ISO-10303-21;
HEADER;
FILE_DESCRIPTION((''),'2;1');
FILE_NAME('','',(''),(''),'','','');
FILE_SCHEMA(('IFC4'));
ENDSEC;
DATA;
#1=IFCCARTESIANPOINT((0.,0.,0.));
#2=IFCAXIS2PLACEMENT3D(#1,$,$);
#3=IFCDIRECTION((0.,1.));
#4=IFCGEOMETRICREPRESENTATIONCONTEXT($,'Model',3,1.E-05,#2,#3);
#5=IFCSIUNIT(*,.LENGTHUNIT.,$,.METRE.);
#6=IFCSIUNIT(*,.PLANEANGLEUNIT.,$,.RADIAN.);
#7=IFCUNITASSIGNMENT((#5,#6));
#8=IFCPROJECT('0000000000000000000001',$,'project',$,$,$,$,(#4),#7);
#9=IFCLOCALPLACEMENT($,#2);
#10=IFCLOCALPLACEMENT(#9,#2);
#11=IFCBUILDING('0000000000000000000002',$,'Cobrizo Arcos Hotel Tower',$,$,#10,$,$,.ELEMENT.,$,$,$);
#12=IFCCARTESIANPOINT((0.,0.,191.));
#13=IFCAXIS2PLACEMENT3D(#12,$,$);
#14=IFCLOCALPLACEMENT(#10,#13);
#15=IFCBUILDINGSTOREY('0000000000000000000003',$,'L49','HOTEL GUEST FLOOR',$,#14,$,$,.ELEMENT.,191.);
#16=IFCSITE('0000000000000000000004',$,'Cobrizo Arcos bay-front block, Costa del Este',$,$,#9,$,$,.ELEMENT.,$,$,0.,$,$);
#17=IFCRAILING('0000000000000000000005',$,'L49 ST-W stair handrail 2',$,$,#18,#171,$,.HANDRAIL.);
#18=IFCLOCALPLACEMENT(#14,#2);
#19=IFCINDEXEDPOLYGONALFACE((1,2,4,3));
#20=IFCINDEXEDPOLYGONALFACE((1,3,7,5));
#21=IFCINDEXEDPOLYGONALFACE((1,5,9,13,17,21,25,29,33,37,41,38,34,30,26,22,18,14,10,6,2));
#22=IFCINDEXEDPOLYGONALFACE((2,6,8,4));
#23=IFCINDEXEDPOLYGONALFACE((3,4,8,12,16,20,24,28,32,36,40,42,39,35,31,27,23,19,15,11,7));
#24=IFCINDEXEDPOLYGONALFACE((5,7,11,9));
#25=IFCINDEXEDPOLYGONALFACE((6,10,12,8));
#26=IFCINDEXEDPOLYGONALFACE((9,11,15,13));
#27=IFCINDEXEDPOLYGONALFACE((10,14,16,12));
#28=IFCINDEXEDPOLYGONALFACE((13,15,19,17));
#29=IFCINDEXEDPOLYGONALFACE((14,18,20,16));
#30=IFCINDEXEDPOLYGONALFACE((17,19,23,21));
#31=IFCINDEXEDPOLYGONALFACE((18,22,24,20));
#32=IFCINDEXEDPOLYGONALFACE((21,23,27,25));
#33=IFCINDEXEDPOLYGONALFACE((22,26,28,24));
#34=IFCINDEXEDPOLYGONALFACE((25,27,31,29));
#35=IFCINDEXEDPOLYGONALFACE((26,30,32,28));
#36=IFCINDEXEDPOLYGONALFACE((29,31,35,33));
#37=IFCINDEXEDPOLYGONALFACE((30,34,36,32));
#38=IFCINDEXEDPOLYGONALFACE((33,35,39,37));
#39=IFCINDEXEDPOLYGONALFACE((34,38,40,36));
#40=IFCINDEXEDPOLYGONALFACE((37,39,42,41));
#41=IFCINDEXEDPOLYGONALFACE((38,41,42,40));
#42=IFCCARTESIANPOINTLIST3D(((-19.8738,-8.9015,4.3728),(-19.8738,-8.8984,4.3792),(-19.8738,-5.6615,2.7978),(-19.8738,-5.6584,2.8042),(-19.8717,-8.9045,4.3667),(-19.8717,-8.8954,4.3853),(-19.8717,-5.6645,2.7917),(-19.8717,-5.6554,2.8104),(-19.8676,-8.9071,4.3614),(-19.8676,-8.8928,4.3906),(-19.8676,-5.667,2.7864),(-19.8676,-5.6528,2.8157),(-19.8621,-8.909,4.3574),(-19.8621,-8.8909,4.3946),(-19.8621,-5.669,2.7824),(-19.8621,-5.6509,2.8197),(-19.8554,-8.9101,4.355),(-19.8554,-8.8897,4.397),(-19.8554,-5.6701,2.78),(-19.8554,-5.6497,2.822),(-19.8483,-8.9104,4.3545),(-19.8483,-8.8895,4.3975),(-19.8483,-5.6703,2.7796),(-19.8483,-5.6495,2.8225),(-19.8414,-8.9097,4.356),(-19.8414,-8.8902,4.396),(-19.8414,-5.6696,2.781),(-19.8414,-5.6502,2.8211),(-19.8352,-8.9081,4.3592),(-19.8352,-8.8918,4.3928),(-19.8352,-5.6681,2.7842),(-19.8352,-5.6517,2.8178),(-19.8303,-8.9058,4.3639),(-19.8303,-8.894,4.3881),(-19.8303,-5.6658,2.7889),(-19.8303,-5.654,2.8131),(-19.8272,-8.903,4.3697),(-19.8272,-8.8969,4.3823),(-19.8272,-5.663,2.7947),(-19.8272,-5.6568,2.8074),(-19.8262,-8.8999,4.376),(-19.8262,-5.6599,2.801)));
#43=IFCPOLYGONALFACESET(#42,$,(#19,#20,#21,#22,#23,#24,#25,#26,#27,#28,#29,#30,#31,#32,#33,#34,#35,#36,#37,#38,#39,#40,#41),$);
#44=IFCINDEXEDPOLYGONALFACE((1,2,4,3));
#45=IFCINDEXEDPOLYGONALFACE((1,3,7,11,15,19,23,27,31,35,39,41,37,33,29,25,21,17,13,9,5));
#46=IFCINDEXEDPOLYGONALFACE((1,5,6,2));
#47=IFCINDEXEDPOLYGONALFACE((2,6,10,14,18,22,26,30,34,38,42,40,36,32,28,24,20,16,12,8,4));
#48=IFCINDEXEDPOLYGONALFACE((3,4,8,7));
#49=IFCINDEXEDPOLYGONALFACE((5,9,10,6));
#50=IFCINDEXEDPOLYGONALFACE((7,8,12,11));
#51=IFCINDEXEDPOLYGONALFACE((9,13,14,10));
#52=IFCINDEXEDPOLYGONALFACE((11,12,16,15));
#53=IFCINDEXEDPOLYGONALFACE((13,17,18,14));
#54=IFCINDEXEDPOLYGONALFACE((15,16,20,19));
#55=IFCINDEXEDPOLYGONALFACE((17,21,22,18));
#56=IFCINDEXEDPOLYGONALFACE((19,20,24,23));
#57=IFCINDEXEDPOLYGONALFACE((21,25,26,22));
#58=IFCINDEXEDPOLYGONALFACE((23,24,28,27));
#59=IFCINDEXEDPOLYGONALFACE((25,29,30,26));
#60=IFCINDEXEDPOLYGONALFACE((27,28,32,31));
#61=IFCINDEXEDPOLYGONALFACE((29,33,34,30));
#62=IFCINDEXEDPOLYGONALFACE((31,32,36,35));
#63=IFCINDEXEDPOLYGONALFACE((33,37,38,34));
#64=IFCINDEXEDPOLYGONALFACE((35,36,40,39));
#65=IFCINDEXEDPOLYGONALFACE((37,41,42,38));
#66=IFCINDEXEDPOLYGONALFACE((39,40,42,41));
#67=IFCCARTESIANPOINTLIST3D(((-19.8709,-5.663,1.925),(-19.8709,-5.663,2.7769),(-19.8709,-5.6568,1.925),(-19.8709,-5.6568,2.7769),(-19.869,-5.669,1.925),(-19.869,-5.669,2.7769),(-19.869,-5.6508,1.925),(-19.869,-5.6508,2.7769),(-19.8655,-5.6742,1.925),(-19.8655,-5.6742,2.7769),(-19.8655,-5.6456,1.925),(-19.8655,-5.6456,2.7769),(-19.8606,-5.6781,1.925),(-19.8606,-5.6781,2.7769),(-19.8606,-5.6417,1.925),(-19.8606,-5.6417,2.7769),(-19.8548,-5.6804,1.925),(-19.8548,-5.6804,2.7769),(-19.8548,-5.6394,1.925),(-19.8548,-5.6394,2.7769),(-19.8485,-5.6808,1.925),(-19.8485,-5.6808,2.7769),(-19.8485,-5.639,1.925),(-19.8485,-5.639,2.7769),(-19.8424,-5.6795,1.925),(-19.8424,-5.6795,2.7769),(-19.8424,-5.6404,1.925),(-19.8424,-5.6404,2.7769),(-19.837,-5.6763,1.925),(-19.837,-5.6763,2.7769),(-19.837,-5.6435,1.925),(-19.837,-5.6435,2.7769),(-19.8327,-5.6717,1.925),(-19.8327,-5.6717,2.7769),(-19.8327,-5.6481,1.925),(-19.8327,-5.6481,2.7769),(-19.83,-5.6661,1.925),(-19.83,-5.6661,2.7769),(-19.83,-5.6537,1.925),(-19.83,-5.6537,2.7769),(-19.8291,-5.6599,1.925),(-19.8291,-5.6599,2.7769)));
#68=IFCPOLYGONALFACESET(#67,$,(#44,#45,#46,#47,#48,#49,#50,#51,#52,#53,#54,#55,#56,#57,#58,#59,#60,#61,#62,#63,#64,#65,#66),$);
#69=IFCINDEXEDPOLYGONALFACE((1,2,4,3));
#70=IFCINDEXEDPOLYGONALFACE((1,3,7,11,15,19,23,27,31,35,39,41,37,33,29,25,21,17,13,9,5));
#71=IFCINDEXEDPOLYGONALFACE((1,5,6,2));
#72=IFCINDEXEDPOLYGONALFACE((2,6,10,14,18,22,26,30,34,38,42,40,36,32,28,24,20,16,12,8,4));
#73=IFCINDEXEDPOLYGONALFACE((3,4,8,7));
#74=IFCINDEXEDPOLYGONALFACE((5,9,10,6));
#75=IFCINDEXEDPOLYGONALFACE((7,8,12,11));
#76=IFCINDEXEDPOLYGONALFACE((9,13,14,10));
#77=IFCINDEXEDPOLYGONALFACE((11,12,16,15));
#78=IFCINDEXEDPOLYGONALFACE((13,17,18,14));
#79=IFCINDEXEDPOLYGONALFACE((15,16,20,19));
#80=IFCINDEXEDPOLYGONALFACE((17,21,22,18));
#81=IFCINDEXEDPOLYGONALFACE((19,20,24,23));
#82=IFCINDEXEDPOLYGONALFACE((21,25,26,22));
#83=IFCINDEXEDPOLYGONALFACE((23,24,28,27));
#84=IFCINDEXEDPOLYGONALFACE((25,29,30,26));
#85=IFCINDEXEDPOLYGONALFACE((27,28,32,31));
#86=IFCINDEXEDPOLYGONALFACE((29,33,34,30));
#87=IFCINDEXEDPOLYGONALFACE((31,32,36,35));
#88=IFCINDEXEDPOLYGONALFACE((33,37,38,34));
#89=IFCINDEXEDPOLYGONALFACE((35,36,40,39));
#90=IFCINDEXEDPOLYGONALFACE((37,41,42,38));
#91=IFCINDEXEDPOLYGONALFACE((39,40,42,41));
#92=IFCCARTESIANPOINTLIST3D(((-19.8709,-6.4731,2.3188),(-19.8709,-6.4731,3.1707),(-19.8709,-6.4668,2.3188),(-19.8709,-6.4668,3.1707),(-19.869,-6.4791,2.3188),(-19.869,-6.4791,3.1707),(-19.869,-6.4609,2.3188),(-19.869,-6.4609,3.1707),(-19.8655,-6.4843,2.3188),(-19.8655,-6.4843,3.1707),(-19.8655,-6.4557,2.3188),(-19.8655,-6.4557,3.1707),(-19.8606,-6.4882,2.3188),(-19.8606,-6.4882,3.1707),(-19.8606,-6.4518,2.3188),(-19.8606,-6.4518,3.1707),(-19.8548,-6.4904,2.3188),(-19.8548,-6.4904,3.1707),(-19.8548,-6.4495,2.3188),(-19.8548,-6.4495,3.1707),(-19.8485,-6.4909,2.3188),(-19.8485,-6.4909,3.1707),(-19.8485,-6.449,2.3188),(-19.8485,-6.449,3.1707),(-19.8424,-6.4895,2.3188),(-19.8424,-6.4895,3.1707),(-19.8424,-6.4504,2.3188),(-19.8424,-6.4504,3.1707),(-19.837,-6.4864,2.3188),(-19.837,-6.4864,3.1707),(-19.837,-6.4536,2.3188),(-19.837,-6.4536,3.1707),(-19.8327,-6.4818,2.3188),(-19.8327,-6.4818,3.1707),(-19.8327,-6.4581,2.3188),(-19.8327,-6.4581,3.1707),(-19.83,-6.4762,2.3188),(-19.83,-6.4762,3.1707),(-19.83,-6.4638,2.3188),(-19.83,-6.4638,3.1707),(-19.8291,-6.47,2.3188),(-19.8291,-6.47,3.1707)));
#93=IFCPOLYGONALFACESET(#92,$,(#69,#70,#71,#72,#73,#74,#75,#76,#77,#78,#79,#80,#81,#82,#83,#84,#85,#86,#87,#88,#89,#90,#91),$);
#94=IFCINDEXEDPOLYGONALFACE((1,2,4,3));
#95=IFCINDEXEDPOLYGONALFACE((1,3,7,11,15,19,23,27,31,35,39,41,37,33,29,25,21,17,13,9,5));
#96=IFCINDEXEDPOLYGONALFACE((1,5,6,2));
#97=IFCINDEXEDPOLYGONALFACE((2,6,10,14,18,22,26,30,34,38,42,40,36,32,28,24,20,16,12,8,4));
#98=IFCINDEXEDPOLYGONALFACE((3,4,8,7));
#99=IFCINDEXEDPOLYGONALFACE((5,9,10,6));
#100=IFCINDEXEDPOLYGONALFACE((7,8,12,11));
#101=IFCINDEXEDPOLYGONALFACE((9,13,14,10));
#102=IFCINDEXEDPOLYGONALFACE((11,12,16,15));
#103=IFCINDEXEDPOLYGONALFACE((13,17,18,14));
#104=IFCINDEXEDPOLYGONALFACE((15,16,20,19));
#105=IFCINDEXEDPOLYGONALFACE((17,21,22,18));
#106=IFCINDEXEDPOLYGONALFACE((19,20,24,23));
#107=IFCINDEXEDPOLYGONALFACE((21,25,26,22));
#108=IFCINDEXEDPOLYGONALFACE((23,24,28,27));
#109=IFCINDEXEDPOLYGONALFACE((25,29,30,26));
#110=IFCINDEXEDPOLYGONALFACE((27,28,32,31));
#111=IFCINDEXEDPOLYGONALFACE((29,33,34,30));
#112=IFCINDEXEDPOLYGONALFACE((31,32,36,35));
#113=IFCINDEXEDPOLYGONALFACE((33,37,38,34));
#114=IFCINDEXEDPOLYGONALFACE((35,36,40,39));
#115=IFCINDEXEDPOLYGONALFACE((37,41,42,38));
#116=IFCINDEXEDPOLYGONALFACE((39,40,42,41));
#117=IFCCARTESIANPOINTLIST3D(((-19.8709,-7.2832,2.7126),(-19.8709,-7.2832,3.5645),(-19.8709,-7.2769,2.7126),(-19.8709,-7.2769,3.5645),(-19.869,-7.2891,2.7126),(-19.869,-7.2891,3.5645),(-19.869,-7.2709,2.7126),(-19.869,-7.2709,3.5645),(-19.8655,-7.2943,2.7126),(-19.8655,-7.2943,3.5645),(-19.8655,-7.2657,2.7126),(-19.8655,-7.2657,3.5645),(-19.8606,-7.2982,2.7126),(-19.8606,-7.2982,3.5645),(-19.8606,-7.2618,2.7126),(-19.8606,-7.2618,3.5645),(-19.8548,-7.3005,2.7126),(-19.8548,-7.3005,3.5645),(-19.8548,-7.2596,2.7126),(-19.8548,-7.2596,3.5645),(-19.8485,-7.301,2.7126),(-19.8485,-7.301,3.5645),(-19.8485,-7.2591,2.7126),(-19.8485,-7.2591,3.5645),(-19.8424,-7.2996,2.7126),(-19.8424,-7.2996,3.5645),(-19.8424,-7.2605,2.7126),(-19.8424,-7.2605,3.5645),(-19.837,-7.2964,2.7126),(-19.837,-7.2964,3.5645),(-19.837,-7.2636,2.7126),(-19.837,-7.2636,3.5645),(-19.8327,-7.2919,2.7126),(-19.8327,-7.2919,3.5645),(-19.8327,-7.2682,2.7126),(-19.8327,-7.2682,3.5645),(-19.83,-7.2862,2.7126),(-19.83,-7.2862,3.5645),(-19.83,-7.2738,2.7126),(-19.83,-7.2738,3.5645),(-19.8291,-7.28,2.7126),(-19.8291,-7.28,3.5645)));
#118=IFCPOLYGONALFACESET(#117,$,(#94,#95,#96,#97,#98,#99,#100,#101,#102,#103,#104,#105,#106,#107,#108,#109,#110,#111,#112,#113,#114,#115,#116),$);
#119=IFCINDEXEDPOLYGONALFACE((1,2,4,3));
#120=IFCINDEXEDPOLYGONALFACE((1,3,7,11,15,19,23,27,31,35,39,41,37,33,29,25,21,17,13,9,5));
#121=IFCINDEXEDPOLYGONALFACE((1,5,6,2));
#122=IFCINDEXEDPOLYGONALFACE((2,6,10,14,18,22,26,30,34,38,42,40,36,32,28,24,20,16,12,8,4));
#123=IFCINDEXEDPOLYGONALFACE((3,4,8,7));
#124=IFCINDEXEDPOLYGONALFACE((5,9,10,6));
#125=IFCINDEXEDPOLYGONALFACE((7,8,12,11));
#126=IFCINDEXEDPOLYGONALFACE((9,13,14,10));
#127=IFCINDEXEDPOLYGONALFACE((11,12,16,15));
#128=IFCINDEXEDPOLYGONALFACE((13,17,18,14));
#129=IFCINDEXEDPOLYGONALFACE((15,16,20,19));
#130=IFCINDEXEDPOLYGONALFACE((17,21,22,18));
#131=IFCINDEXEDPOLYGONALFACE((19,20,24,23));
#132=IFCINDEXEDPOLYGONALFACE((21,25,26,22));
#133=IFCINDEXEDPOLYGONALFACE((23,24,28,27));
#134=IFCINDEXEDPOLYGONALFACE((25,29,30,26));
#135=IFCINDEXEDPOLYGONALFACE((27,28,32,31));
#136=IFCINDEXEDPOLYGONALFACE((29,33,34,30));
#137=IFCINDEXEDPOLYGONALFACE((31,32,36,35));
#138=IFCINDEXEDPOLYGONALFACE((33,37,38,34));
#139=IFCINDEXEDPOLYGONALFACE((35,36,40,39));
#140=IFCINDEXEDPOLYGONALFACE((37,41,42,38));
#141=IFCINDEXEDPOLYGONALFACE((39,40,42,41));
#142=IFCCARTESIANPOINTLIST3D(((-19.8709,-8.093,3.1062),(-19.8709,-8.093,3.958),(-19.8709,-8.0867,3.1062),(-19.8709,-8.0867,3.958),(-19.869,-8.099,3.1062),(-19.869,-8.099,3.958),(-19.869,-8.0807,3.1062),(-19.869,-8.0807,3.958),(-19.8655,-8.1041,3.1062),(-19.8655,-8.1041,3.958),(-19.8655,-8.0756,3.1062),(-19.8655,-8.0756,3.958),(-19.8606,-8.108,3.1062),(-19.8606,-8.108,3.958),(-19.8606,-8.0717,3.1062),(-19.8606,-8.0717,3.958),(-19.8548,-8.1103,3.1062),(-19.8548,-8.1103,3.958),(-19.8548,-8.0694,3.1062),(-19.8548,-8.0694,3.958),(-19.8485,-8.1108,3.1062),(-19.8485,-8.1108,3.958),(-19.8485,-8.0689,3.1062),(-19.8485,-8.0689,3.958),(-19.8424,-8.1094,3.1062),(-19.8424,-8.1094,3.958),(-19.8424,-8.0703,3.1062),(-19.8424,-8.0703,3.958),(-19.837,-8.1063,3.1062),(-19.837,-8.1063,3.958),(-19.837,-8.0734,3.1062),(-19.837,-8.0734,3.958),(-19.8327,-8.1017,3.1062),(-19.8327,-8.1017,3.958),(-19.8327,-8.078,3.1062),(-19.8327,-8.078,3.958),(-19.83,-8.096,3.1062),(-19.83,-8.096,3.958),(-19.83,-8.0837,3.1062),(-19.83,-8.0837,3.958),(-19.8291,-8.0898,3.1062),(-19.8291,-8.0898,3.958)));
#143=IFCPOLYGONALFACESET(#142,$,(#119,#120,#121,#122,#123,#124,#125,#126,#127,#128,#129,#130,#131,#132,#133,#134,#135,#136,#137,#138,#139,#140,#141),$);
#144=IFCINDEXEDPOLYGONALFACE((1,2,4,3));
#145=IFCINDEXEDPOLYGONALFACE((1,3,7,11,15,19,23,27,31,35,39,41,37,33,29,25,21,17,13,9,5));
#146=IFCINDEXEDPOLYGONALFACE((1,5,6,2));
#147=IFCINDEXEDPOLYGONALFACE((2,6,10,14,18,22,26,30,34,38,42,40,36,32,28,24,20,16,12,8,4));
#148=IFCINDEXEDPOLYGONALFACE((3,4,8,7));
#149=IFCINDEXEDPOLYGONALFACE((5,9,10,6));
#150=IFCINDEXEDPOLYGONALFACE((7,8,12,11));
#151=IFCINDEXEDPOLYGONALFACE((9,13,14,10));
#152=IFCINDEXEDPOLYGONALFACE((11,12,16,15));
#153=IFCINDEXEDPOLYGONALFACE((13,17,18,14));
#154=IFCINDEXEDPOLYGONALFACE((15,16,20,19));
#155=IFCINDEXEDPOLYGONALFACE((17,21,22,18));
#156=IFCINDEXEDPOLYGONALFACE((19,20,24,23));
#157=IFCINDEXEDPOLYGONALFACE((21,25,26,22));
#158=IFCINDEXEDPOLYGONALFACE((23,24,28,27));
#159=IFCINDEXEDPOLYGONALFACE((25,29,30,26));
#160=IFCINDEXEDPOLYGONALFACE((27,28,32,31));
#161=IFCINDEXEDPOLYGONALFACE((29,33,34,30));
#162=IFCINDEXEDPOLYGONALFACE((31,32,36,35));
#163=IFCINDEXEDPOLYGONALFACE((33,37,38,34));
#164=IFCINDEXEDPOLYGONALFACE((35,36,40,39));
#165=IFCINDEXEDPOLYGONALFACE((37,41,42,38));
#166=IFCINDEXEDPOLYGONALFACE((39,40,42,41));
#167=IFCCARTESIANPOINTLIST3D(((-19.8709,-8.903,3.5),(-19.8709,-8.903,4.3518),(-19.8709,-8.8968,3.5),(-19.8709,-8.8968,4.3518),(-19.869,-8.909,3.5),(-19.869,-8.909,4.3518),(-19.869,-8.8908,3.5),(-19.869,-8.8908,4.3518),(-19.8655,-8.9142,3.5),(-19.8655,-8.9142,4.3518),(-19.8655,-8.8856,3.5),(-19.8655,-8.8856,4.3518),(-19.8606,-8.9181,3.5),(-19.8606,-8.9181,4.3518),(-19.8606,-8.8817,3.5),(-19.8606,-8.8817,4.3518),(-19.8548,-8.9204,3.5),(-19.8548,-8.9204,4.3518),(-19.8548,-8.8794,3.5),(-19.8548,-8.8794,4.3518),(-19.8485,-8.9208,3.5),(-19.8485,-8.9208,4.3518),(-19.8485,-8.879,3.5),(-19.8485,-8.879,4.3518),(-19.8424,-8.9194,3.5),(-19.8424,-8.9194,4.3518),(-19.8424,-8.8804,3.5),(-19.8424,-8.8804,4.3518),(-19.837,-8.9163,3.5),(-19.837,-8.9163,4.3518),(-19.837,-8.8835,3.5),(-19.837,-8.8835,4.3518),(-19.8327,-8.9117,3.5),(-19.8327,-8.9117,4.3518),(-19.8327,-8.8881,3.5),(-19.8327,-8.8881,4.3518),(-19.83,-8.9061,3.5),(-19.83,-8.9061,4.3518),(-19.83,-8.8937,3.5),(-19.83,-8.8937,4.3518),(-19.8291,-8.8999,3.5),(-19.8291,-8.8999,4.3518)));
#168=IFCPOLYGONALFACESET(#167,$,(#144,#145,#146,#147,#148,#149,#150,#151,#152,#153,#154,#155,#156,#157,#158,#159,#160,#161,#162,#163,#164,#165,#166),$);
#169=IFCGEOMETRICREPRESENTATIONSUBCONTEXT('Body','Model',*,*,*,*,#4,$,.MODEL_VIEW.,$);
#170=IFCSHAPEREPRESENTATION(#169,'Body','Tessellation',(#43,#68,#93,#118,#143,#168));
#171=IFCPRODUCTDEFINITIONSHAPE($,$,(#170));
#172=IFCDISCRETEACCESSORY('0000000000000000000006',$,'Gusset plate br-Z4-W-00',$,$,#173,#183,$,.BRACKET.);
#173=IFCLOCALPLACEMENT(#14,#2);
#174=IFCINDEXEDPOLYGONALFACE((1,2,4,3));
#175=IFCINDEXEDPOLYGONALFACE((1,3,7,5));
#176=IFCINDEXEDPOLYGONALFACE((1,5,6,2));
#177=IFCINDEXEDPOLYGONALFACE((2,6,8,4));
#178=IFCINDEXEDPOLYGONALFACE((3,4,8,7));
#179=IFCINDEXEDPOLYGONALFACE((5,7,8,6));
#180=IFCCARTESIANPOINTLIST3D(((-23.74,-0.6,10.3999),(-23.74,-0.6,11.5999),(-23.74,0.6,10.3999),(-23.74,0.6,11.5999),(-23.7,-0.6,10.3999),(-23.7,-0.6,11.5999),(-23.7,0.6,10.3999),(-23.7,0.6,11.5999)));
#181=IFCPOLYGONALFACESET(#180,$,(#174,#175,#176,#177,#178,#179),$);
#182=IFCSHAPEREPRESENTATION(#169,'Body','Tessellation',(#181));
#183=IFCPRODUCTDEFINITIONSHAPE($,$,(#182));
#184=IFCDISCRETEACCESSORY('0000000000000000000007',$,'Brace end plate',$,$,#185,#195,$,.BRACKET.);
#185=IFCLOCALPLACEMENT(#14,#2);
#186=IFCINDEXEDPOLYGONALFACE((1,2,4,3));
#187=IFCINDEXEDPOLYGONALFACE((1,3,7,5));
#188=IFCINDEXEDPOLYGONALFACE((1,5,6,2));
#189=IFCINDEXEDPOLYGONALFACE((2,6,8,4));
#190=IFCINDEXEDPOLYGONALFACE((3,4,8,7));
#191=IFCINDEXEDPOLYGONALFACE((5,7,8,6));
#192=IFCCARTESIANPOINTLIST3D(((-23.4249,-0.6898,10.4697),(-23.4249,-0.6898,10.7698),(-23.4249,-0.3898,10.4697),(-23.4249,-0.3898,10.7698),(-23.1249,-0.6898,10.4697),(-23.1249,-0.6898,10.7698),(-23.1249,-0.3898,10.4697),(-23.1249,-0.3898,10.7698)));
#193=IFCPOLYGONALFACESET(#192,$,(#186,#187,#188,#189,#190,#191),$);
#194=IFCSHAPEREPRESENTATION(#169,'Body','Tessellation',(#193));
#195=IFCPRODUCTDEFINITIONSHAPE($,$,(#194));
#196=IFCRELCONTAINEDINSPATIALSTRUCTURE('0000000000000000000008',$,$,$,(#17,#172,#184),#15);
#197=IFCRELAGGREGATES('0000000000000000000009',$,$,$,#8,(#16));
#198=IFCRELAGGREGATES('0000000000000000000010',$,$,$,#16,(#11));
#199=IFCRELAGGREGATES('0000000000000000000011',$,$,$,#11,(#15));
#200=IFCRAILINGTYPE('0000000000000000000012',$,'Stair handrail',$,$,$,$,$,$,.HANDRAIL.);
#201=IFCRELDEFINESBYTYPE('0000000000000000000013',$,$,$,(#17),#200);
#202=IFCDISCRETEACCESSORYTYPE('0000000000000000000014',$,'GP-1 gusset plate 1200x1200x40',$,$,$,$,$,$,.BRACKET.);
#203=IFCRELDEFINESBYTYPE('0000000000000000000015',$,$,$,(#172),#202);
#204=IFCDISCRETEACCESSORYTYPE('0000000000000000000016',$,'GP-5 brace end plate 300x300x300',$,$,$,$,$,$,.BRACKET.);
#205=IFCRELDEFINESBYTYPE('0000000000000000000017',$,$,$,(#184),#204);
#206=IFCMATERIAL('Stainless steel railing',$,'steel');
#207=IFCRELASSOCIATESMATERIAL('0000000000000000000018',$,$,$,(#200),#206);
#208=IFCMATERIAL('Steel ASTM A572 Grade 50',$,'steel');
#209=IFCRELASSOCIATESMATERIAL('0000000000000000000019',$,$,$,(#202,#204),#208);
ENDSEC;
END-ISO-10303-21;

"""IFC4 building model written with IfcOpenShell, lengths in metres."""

from ifc_helpers import new_model, si_unit, direction, frame, origin, origin_2d, place, context, subcontext, project, spatial, rectangle, circle, extrude, material, type_object, element, save


model = new_model("IFC4")

# Units and contexts
model_context = context("Model", 3, precision=1e-05, world=origin(), true_north=direction((0.0, 1.0)))
body_context = subcontext(model_context, "Body", "Model", "MODEL_VIEW")
ifc_project = project(units=[si_unit("LENGTHUNIT", "METRE"), si_unit("PLANEANGLEUNIT", "RADIAN")], contexts=[model_context])

# Site, building, storey
site_placement = place(None, origin())
site = spatial("IfcSite", under=ifc_project, at=site_placement, Name="Cobrizo Arcos bay-front block, Costa del Este", CompositionType="ELEMENT", RefElevation=0.0)
building_placement = place(site_placement, origin())
building = spatial("IfcBuilding", under=site, at=building_placement, Name="Cobrizo Arcos Hotel Tower", CompositionType="ELEMENT")
storey_placement = place(building_placement, frame((0.0, 0.0, 191.0)))
storey = spatial("IfcBuildingStorey", under=building, at=storey_placement, Name="L49", Description="HOTEL GUEST FLOOR", CompositionType="ELEMENT", Elevation=191.0)

# Railing
ifc_material_1 = material(Name="Stainless steel railing", Category="steel")
railing_type_1 = type_object("IfcRailingType", Name="Stair handrail", PredefinedType="HANDRAIL", material=ifc_material_1)
railing_1_placement = place(storey_placement, frame((-19.8501, -5.6599, 1.925)))
element("IfcRailing", 1, at=railing_1_placement, inside=storey, type_object=railing_type_1, Name="L49 ST-W stair handrail 2", PredefinedType="HANDRAIL", context=body_context, shape_type="SweptSolid", body=[
    extrude(circle(Radius=0.0239, at=origin_2d()), frame((0.0, 0.0, 0.876), z_axis=(0.0, -0.899373, 0.437183), x_axis=(1.0, 0.0, 0.0)), (0.0, 0.0, 1.0), 3.6025),
    extrude(circle(Radius=0.021, at=origin_2d()), origin(), (0.0, 0.0, 1.0), 0.8518),
    extrude(circle(Radius=0.021, at=origin_2d()), frame((0.0, -0.8101, 0.3938)), (0.0, 0.0, 1.0), 0.8518),
    extrude(circle(Radius=0.021, at=origin_2d()), frame((0.0, -1.6201, 0.7876)), (0.0, 0.0, 1.0), 0.8518),
    extrude(circle(Radius=0.021, at=origin_2d()), frame((0.0, -2.4299, 1.1812)), (0.0, 0.0, 1.0), 0.8518),
    extrude(circle(Radius=0.021, at=origin_2d()), frame((0.0, -3.24, 1.575)), (0.0, 0.0, 1.0), 0.8518),
])

# Discrete accessories
ifc_material_2 = material(Name="Steel ASTM A572 Grade 50", Category="steel")
discrete_accessory_type_1 = type_object("IfcDiscreteAccessoryType", Name="GP-1 gusset plate 1200x1200x40", PredefinedType="BRACKET", material=ifc_material_2)
discrete_accessory_1_placement = place(storey_placement, frame((-23.72, 0.0, 10.3999), z_axis=(0.0, 0.0, 1.0), x_axis=(1.0, 0.0, 0.0)))
element("IfcDiscreteAccessory", 2, at=discrete_accessory_1_placement, inside=storey, type_object=discrete_accessory_type_1, Name="Gusset plate br-Z4-W-00", PredefinedType="BRACKET", context=body_context, shape_type="SweptSolid", body=[
    extrude(rectangle(XDim=0.04, YDim=1.2, at=origin_2d()), origin(), (0.0, 0.0, 1.0), 1.2),
])
discrete_accessory_type_2 = type_object("IfcDiscreteAccessoryType", Name="GP-5 brace end plate 300x300x300", PredefinedType="BRACKET", material=ifc_material_2)
discrete_accessory_2_placement = place(storey_placement, frame((-23.2749, -0.5398, 10.4697), z_axis=(0.0, 0.0, 1.0), x_axis=(1.0, 0.0, 0.0)))
element("IfcDiscreteAccessory", 3, at=discrete_accessory_2_placement, inside=storey, type_object=discrete_accessory_type_2, Name="Brace end plate", PredefinedType="BRACKET", context=body_context, shape_type="SweptSolid", body=[
    extrude(rectangle(XDim=0.3, YDim=0.3, at=origin_2d()), origin(), (0.0, 0.0, 1.0), 0.3),
])

save(model, "model.ifc")
